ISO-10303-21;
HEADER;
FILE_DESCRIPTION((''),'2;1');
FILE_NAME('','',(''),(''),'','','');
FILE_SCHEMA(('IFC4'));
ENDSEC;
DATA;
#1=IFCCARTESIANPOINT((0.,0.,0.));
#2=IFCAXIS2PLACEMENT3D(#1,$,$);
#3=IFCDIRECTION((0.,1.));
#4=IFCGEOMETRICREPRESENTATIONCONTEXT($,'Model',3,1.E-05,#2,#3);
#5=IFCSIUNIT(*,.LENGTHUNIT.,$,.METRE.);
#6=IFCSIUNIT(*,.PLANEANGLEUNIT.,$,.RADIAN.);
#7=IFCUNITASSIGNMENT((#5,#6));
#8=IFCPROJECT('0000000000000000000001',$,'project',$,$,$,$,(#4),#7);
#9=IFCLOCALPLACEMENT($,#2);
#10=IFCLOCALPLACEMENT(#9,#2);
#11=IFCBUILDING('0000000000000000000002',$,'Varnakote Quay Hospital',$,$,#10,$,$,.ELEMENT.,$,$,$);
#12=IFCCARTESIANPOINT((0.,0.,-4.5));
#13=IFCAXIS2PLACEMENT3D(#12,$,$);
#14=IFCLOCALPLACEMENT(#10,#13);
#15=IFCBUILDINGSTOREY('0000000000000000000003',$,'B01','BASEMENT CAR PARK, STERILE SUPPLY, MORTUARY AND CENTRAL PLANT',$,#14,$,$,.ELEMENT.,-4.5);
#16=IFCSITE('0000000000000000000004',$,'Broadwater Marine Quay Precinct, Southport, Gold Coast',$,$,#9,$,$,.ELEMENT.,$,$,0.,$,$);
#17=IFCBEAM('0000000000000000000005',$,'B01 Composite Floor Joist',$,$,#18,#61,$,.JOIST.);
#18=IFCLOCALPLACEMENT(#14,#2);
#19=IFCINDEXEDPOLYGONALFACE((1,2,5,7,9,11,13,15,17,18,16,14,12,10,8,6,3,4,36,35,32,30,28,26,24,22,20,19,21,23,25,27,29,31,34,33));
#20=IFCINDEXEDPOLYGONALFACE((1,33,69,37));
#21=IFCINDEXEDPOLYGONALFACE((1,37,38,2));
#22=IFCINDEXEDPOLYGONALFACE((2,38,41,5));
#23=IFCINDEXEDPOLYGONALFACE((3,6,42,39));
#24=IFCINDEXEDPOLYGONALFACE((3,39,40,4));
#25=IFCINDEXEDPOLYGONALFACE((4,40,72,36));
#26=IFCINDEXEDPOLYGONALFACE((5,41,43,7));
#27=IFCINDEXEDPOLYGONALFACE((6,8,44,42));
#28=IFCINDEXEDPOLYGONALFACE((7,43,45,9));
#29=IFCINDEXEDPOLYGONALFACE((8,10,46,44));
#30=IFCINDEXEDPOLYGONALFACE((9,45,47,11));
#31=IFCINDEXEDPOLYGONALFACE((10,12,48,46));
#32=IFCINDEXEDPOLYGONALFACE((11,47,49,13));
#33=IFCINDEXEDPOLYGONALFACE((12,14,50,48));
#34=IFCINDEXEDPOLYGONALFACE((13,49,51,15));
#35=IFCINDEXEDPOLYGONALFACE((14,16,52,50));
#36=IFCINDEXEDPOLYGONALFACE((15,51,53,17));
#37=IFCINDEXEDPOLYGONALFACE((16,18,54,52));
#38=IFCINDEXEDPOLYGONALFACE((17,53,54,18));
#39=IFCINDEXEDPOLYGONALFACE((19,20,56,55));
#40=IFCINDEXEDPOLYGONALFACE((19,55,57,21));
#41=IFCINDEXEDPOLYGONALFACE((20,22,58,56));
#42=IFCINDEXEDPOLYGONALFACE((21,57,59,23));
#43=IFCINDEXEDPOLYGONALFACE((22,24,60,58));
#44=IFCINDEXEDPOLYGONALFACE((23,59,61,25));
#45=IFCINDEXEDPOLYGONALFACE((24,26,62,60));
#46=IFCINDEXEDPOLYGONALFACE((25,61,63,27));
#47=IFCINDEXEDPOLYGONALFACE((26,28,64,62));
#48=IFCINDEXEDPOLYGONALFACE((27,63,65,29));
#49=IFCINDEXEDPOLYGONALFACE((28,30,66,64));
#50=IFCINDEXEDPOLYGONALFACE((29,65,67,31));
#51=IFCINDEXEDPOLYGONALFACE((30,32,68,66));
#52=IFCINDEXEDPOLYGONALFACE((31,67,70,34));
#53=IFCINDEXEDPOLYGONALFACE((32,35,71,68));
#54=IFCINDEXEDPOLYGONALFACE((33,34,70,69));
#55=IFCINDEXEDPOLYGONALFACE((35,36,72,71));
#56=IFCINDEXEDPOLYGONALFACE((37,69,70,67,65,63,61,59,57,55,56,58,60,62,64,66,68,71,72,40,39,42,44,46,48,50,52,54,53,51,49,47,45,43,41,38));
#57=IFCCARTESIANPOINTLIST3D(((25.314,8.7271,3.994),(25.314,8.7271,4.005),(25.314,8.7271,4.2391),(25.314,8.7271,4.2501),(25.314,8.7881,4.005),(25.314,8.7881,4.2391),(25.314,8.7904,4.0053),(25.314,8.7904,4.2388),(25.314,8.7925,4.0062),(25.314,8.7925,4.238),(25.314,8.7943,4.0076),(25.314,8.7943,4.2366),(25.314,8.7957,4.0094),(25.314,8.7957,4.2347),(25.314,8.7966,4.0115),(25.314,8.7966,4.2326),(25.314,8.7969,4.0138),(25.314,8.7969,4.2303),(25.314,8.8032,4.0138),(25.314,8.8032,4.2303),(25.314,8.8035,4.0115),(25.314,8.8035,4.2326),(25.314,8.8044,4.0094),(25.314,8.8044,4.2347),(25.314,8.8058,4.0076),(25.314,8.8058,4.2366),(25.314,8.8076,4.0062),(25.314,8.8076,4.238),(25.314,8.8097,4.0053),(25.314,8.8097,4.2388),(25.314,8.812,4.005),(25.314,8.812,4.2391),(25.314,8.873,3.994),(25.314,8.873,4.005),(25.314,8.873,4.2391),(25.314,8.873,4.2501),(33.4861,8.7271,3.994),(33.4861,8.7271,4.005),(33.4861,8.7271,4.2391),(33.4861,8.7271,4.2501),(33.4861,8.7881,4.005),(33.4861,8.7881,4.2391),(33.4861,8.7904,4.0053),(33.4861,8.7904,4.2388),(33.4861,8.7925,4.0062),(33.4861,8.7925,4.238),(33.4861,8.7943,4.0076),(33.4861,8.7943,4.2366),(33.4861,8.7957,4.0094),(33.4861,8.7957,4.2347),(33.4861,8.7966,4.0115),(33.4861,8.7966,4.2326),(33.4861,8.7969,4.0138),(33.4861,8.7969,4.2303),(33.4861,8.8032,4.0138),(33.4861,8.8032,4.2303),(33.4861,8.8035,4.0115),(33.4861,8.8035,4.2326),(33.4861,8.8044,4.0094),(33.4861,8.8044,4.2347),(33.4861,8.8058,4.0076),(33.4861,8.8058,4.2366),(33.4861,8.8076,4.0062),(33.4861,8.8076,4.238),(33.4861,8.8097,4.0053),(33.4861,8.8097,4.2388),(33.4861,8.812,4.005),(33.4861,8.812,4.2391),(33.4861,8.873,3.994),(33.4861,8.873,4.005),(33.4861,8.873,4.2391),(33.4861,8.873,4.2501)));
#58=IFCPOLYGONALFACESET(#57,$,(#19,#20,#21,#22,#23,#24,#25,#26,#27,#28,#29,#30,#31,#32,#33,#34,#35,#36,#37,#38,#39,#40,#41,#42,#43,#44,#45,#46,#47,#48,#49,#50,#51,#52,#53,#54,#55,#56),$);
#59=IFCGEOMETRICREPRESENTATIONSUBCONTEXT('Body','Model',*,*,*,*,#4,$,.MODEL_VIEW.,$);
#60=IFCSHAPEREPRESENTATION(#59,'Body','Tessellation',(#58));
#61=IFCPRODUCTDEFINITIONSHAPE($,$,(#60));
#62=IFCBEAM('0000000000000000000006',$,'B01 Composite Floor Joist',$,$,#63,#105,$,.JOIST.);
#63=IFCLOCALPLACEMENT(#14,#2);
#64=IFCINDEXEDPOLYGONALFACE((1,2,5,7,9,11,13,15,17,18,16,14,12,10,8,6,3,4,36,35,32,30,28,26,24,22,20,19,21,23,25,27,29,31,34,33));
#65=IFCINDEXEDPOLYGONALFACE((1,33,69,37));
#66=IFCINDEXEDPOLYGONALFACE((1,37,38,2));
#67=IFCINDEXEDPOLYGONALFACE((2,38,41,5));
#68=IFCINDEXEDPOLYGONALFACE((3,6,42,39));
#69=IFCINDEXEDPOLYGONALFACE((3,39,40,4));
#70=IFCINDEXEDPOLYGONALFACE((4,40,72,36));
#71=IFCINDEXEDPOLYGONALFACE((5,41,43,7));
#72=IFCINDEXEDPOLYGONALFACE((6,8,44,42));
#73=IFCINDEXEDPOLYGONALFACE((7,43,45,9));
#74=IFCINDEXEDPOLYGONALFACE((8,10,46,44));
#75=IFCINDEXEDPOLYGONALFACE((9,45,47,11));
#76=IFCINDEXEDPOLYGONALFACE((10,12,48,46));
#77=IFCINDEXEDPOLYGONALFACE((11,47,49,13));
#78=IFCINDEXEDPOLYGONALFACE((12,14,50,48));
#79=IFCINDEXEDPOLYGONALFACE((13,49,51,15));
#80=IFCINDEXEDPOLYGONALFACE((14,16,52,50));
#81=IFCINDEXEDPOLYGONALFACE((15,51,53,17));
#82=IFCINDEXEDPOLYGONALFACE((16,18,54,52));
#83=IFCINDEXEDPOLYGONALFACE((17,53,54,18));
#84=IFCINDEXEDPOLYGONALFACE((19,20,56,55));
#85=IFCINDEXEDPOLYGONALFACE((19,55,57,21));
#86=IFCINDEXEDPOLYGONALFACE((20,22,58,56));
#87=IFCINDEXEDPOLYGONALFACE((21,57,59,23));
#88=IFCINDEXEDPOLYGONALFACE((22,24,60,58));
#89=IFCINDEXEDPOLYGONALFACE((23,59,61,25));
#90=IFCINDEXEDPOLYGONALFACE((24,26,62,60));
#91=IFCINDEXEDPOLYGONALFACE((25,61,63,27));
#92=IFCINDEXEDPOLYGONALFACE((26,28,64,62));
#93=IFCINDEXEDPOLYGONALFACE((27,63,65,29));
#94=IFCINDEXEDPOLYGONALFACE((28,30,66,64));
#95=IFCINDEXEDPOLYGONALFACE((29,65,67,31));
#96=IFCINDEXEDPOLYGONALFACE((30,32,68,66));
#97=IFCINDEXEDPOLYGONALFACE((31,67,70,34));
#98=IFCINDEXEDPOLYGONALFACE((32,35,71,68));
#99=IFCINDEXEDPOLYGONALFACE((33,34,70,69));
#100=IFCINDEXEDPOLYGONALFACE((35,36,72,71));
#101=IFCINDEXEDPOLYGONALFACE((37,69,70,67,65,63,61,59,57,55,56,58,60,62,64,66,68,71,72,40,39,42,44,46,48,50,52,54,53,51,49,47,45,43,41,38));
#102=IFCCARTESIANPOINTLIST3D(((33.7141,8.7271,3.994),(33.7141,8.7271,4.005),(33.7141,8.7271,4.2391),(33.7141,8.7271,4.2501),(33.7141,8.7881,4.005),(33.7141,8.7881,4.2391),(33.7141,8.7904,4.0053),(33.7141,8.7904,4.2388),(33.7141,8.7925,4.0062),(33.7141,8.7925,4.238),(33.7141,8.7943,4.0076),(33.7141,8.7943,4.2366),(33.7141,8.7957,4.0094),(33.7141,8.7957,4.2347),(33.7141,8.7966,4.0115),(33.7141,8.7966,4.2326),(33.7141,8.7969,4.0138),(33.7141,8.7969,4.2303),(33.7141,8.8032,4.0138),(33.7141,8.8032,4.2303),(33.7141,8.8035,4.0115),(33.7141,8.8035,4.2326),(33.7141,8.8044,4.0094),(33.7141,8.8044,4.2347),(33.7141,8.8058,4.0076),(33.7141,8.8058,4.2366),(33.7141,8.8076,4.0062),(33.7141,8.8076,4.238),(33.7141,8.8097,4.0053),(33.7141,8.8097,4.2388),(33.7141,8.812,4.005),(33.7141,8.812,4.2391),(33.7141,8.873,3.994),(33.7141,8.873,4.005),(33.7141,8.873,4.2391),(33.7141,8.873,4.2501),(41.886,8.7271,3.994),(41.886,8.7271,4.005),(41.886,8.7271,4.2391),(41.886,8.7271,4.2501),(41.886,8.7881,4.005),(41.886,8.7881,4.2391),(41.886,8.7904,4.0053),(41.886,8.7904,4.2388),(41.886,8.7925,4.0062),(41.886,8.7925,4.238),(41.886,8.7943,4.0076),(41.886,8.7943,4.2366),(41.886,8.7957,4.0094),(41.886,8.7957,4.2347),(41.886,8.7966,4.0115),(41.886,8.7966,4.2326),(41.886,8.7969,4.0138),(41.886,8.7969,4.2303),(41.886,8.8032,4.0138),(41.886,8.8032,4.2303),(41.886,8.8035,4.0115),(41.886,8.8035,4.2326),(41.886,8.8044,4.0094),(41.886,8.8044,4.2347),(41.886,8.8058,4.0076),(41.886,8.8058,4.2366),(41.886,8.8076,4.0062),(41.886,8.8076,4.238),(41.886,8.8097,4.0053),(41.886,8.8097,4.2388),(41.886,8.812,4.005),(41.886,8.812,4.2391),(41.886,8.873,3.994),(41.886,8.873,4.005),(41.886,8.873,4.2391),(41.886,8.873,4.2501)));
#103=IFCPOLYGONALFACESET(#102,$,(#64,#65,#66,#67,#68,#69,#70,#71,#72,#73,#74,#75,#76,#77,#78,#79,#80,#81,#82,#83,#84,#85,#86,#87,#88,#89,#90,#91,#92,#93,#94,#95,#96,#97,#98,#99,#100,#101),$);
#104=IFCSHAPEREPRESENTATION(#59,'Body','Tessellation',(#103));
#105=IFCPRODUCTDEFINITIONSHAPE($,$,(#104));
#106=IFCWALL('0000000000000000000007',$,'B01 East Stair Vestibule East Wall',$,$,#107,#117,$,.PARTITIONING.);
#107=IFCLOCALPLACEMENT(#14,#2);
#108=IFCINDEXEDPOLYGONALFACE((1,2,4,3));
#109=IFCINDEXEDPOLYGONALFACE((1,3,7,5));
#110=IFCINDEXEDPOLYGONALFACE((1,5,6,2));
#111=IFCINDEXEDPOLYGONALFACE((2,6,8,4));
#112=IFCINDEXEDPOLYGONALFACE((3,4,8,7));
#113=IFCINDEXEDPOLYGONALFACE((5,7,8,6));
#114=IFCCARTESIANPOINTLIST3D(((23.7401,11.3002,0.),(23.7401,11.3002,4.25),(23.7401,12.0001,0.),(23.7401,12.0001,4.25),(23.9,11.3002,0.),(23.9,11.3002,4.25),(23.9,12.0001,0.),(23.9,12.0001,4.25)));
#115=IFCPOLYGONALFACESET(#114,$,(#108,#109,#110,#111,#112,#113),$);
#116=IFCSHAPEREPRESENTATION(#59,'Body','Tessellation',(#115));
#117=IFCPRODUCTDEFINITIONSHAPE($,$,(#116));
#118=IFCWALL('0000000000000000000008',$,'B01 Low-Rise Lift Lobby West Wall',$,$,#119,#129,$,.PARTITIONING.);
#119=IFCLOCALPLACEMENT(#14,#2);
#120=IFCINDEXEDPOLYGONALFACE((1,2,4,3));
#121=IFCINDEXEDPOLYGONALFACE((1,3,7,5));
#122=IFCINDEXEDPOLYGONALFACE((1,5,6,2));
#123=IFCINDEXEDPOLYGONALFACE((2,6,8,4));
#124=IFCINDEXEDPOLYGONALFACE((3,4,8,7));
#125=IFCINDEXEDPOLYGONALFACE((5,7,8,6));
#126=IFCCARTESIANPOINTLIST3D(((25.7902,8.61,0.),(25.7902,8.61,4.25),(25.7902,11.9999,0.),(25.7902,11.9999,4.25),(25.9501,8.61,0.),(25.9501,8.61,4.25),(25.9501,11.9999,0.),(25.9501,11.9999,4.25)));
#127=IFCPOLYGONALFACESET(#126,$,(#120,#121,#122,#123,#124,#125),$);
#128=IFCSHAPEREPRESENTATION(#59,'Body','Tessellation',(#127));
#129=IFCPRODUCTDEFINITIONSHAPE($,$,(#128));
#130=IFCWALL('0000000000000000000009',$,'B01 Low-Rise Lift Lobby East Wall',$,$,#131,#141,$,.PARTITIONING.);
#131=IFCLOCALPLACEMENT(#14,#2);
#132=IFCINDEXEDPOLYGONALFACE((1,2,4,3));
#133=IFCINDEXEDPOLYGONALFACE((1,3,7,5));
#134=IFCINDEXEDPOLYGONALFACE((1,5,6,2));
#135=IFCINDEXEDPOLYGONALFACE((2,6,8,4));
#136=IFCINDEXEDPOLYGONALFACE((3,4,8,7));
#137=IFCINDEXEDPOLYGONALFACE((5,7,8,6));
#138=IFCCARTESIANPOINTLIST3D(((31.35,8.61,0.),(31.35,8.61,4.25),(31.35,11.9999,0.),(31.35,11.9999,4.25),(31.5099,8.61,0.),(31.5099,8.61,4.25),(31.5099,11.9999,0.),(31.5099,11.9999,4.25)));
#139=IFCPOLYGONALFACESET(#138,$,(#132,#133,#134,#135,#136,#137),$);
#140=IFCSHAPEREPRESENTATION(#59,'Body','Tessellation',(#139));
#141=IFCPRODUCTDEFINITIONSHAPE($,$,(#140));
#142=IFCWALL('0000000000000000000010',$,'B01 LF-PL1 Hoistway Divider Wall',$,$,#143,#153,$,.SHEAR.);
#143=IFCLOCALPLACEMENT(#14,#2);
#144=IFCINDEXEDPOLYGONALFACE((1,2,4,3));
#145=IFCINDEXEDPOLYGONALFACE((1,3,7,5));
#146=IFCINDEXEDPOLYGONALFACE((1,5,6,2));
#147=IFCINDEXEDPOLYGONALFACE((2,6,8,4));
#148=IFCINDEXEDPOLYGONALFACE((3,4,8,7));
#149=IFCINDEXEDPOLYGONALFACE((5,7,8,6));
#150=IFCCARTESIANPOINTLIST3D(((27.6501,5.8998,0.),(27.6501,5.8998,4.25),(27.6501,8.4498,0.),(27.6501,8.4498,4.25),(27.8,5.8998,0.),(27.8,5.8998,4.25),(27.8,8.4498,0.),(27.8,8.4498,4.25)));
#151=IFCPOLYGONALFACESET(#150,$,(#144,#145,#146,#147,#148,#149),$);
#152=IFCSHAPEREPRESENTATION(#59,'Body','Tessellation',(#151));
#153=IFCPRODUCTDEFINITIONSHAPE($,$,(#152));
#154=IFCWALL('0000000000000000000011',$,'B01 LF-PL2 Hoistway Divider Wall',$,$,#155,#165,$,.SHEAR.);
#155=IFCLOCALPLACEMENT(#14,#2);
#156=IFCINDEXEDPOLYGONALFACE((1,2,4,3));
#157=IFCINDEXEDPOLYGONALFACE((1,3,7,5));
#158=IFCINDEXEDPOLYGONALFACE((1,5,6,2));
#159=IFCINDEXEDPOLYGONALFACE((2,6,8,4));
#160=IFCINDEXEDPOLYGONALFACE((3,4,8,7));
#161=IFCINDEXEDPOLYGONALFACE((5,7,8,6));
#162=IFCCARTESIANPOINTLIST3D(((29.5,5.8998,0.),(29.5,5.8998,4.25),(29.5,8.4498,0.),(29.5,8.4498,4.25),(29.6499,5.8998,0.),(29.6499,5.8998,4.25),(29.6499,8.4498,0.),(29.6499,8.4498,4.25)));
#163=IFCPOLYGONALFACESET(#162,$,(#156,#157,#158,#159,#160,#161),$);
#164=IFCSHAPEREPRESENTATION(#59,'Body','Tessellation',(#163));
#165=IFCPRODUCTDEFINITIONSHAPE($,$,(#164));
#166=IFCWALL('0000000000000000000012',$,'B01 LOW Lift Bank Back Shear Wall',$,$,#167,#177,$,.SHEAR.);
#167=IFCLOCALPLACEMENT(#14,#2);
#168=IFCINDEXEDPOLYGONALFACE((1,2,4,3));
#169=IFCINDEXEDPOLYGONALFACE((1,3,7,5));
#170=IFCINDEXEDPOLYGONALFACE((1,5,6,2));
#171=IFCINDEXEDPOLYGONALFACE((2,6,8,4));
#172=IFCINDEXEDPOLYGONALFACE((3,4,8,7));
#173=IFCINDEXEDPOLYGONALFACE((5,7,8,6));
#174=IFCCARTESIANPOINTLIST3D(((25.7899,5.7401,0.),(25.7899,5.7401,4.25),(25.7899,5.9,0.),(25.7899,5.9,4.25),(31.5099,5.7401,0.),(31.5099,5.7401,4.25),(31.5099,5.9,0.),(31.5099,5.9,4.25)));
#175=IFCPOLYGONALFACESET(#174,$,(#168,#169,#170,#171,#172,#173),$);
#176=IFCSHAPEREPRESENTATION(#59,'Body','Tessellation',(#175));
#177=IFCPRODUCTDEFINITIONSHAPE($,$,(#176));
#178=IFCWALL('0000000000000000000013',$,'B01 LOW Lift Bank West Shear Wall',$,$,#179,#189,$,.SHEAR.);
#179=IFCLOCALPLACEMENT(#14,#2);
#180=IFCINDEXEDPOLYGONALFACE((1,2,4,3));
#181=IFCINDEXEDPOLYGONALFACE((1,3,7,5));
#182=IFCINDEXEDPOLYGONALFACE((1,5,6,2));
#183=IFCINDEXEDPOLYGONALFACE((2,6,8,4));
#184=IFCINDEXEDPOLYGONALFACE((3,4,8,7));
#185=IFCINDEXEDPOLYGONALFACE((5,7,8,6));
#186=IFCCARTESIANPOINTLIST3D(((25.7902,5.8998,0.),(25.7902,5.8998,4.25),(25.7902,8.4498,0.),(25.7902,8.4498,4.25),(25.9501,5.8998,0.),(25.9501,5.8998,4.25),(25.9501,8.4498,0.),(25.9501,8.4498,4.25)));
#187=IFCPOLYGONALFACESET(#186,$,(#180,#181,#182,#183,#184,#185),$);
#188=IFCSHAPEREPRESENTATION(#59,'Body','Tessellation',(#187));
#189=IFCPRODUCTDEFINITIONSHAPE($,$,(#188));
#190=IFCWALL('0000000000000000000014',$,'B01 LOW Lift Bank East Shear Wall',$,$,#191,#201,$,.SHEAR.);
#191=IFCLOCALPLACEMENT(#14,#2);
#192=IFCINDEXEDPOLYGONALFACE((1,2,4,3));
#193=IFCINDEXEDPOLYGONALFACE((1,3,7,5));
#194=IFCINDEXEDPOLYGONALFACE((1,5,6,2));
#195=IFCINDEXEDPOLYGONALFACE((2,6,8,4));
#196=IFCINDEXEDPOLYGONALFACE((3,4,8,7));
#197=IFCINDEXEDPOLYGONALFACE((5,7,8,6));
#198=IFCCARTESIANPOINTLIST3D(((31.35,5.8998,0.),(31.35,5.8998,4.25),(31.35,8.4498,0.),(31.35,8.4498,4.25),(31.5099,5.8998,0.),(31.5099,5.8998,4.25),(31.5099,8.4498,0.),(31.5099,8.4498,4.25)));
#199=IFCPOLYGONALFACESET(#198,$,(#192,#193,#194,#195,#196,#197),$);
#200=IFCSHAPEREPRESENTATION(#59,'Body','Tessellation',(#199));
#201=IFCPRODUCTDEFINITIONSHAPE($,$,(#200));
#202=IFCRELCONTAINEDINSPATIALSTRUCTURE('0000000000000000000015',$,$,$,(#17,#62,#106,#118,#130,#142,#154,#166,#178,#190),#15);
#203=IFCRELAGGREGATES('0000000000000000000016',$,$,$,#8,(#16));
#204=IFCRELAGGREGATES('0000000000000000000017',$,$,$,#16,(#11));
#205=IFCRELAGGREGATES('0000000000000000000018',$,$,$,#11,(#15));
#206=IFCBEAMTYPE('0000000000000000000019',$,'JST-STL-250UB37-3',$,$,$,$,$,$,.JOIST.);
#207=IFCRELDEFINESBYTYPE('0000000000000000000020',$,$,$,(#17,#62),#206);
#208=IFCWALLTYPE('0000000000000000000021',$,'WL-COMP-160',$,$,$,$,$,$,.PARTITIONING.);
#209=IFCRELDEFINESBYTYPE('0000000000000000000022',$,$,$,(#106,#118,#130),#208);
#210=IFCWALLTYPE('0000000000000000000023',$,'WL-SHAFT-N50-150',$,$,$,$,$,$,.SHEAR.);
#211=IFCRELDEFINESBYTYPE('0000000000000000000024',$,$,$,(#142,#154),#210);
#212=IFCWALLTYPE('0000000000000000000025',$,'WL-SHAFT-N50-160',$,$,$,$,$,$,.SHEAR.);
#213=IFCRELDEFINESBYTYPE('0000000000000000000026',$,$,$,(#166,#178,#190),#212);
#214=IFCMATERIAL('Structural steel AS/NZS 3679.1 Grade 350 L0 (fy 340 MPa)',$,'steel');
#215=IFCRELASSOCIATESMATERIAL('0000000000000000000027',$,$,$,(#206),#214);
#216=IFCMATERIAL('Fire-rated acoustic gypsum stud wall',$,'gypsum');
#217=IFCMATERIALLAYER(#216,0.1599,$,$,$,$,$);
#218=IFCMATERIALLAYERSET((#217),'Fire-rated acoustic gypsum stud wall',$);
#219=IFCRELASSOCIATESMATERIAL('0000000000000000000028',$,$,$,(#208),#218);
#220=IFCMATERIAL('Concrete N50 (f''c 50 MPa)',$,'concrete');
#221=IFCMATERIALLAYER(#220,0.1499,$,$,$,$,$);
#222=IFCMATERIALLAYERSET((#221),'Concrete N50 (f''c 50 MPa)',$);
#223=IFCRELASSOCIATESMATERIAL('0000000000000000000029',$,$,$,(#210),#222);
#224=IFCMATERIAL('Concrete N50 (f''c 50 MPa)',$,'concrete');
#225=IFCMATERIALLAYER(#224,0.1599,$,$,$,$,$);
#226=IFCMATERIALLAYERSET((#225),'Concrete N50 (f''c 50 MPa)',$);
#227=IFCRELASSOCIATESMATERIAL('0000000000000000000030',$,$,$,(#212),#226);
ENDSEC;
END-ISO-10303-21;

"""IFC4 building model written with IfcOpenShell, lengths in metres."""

from ifc_helpers import new_model, si_unit, direction, frame, frame_2d, origin, origin_2d, place, context, subcontext, project, spatial, rectangle, i_section, extrude, material, layer, layer_set, material_profile, profile_set, type_object, element, save


model = new_model("IFC4")

# Units and contexts
model_context = context("Model", 3, precision=1e-05, world=origin(), true_north=direction((0.0, 1.0)))
body_context = subcontext(model_context, "Body", "Model", "MODEL_VIEW")
ifc_project = project(units=[si_unit("LENGTHUNIT", "METRE"), si_unit("PLANEANGLEUNIT", "RADIAN")], contexts=[model_context])

# Site, building, storey
site_placement = place(None, origin())
site = spatial("IfcSite", under=ifc_project, at=site_placement, Name="Broadwater Marine Quay Precinct, Southport, Gold Coast", CompositionType="ELEMENT", RefElevation=0.0)
building_placement = place(site_placement, origin())
building = spatial("IfcBuilding", under=site, at=building_placement, Name="Varnakote Quay Hospital", CompositionType="ELEMENT")
storey_placement = place(building_placement, frame((0.0, 0.0, -4.5)))
storey = spatial("IfcBuildingStorey", under=building, at=storey_placement, Name="B01", Description="BASEMENT CAR PARK, STERILE SUPPLY, MORTUARY AND CENTRAL PLANT", CompositionType="ELEMENT", Elevation=-4.5)

# Beams
ifc_material_1 = material(Name="Structural steel AS/NZS 3679.1 Grade 350 L0 (fy 340 MPa)", Category="steel")
ifc_material_profile_1 = material_profile(ifc_material_1, i_section(OverallWidth=0.146, OverallDepth=0.2561, WebThickness=0.0063, FlangeThickness=0.011, FilletRadius=0.0088, at=origin_2d()), Name="250UB37.3")
ifc_profile_set_1 = profile_set([ifc_material_profile_1], Name="Structural steel AS/NZS 3679.1 Grade 350 L0 (fy 340 MPa)")
beam_type_1 = type_object("IfcBeamType", Name="JST-STL-250UB37-3", PredefinedType="JOIST", material=ifc_profile_set_1)
beam_1_placement = place(storey_placement, frame((25.314, 8.8, 4.1221), z_axis=(1.0, 0.0, 0.0), x_axis=(0.0, 1.0, 0.0)))
element("IfcBeam", 1, at=beam_1_placement, inside=storey, type_object=beam_type_1, Name="B01 Composite Floor Joist", PredefinedType="JOIST", context=body_context, shape_type="SweptSolid", body=[
    extrude(i_section(OverallWidth=0.146, OverallDepth=0.2561, WebThickness=0.0063, FlangeThickness=0.011, FilletRadius=0.0088, at=origin_2d()), origin(), (0.0, 0.0, 1.0), 8.1721),
])
beam_2_placement = place(storey_placement, frame((33.7141, 8.8, 4.1221), z_axis=(1.0, 0.0, 0.0), x_axis=(0.0, 1.0, 0.0)))
element("IfcBeam", 2, at=beam_2_placement, inside=storey, type_object=beam_type_1, Name="B01 Composite Floor Joist", PredefinedType="JOIST", context=body_context, shape_type="SweptSolid", body=[
    extrude(i_section(OverallWidth=0.146, OverallDepth=0.2561, WebThickness=0.0063, FlangeThickness=0.011, FilletRadius=0.0088, at=origin_2d()), origin(), (0.0, 0.0, 1.0), 8.1719),
])

# Walls
ifc_material_2 = material(Name="Fire-rated acoustic gypsum stud wall", Category="gypsum")
ifc_layer_1 = layer(ifc_material_2, 0.1599)
ifc_layer_set_1 = layer_set([ifc_layer_1], Name="Fire-rated acoustic gypsum stud wall")
wall_type_1 = type_object("IfcWallType", Name="WL-COMP-160", PredefinedType="PARTITIONING", material=ifc_layer_set_1)
wall_1_placement = place(storey_placement, frame((23.8201, 11.3, 0.0), z_axis=(0.0, 0.0, 1.0), x_axis=(0.0, 1.0, 0.0)))
element("IfcWall", 3, at=wall_1_placement, inside=storey, type_object=wall_type_1, Name="B01 East Stair Vestibule East Wall", PredefinedType="PARTITIONING", context=body_context, shape_type="SweptSolid", body=[
    extrude(rectangle(XDim=0.7, YDim=0.1599, at=frame_2d((0.3501, 0.0))), origin(), (0.0, 0.0, 1.0), 4.25),
])
for number, where, z_axis, x_axis, name in (
    (4, (25.8701, 8.6101, 0.0), (0.0, 0.0, 1.0), (0.0, 1.0, 0.0), "B01 Low-Rise Lift Lobby West Wall"),
    (5, (31.4299, 8.6101, 0.0), (0.0, 0.0, 1.0), (0.0, 1.0, 0.0), "B01 Low-Rise Lift Lobby East Wall"),
):
    element("IfcWall", number, at=place(storey_placement, frame(where, z_axis=z_axis, x_axis=x_axis)), inside=storey, type_object=wall_type_1, Name=name, PredefinedType="PARTITIONING", context=body_context, shape_type="SweptSolid", body=[
        extrude(rectangle(XDim=3.3899, YDim=0.1599, at=frame_2d((1.6948, 0.0))), origin(), (0.0, 0.0, 1.0), 4.25),
    ])
ifc_material_3 = material(Name="Concrete N50 (f'c 50 MPa)", Category="concrete")
ifc_layer_2 = layer(ifc_material_3, 0.1499)
ifc_layer_set_2 = layer_set([ifc_layer_2], Name="Concrete N50 (f'c 50 MPa)")
wall_type_2 = type_object("IfcWallType", Name="WL-SHAFT-N50-150", PredefinedType="SHEAR", material=ifc_layer_set_2)
for number, where, z_axis, x_axis, name in (
    (6, (27.7251, 5.8999, 0.0), (0.0, 0.0, 1.0), (0.0, 1.0, 0.0), "B01 LF-PL1 Hoistway Divider Wall"),
    (7, (29.575, 5.8999, 0.0), (0.0, 0.0, 1.0), (0.0, 1.0, 0.0), "B01 LF-PL2 Hoistway Divider Wall"),
):
    element("IfcWall", number, at=place(storey_placement, frame(where, z_axis=z_axis, x_axis=x_axis)), inside=storey, type_object=wall_type_2, Name=name, PredefinedType="SHEAR", context=body_context, shape_type="SweptSolid", body=[
        extrude(rectangle(XDim=2.55, YDim=0.1499, at=frame_2d((1.2749, 0.0))), origin(), (0.0, 0.0, 1.0), 4.25),
    ])
ifc_material_4 = material(Name="Concrete N50 (f'c 50 MPa)", Category="concrete")
ifc_layer_3 = layer(ifc_material_4, 0.1599)
ifc_layer_set_3 = layer_set([ifc_layer_3], Name="Concrete N50 (f'c 50 MPa)")
wall_type_3 = type_object("IfcWallType", Name="WL-SHAFT-N50-160", PredefinedType="SHEAR", material=ifc_layer_set_3)
wall_2_placement = place(storey_placement, frame((25.79, 5.8201, 0.0), z_axis=(0.0, 0.0, 1.0), x_axis=(1.0, 0.0, 0.0)))
element("IfcWall", 8, at=wall_2_placement, inside=storey, type_object=wall_type_3, Name="B01 LOW Lift Bank Back Shear Wall", PredefinedType="SHEAR", context=body_context, shape_type="SweptSolid", body=[
    extrude(rectangle(XDim=5.72, YDim=0.1599, at=frame_2d((2.8599, 0.0))), origin(), (0.0, 0.0, 1.0), 4.25),
])
for number, where, z_axis, x_axis, name in (
    (9, (25.8701, 5.8999, 0.0), (0.0, 0.0, 1.0), (0.0, 1.0, 0.0), "B01 LOW Lift Bank West Shear Wall"),
    (10, (31.4299, 5.8999, 0.0), (0.0, 0.0, 1.0), (0.0, 1.0, 0.0), "B01 LOW Lift Bank East Shear Wall"),
):
    element("IfcWall", number, at=place(storey_placement, frame(where, z_axis=z_axis, x_axis=x_axis)), inside=storey, type_object=wall_type_3, Name=name, PredefinedType="SHEAR", context=body_context, shape_type="SweptSolid", body=[
        extrude(rectangle(XDim=2.55, YDim=0.1599, at=frame_2d((1.2749, 0.0))), origin(), (0.0, 0.0, 1.0), 4.25),
    ])

save(model, "model.ifc")
